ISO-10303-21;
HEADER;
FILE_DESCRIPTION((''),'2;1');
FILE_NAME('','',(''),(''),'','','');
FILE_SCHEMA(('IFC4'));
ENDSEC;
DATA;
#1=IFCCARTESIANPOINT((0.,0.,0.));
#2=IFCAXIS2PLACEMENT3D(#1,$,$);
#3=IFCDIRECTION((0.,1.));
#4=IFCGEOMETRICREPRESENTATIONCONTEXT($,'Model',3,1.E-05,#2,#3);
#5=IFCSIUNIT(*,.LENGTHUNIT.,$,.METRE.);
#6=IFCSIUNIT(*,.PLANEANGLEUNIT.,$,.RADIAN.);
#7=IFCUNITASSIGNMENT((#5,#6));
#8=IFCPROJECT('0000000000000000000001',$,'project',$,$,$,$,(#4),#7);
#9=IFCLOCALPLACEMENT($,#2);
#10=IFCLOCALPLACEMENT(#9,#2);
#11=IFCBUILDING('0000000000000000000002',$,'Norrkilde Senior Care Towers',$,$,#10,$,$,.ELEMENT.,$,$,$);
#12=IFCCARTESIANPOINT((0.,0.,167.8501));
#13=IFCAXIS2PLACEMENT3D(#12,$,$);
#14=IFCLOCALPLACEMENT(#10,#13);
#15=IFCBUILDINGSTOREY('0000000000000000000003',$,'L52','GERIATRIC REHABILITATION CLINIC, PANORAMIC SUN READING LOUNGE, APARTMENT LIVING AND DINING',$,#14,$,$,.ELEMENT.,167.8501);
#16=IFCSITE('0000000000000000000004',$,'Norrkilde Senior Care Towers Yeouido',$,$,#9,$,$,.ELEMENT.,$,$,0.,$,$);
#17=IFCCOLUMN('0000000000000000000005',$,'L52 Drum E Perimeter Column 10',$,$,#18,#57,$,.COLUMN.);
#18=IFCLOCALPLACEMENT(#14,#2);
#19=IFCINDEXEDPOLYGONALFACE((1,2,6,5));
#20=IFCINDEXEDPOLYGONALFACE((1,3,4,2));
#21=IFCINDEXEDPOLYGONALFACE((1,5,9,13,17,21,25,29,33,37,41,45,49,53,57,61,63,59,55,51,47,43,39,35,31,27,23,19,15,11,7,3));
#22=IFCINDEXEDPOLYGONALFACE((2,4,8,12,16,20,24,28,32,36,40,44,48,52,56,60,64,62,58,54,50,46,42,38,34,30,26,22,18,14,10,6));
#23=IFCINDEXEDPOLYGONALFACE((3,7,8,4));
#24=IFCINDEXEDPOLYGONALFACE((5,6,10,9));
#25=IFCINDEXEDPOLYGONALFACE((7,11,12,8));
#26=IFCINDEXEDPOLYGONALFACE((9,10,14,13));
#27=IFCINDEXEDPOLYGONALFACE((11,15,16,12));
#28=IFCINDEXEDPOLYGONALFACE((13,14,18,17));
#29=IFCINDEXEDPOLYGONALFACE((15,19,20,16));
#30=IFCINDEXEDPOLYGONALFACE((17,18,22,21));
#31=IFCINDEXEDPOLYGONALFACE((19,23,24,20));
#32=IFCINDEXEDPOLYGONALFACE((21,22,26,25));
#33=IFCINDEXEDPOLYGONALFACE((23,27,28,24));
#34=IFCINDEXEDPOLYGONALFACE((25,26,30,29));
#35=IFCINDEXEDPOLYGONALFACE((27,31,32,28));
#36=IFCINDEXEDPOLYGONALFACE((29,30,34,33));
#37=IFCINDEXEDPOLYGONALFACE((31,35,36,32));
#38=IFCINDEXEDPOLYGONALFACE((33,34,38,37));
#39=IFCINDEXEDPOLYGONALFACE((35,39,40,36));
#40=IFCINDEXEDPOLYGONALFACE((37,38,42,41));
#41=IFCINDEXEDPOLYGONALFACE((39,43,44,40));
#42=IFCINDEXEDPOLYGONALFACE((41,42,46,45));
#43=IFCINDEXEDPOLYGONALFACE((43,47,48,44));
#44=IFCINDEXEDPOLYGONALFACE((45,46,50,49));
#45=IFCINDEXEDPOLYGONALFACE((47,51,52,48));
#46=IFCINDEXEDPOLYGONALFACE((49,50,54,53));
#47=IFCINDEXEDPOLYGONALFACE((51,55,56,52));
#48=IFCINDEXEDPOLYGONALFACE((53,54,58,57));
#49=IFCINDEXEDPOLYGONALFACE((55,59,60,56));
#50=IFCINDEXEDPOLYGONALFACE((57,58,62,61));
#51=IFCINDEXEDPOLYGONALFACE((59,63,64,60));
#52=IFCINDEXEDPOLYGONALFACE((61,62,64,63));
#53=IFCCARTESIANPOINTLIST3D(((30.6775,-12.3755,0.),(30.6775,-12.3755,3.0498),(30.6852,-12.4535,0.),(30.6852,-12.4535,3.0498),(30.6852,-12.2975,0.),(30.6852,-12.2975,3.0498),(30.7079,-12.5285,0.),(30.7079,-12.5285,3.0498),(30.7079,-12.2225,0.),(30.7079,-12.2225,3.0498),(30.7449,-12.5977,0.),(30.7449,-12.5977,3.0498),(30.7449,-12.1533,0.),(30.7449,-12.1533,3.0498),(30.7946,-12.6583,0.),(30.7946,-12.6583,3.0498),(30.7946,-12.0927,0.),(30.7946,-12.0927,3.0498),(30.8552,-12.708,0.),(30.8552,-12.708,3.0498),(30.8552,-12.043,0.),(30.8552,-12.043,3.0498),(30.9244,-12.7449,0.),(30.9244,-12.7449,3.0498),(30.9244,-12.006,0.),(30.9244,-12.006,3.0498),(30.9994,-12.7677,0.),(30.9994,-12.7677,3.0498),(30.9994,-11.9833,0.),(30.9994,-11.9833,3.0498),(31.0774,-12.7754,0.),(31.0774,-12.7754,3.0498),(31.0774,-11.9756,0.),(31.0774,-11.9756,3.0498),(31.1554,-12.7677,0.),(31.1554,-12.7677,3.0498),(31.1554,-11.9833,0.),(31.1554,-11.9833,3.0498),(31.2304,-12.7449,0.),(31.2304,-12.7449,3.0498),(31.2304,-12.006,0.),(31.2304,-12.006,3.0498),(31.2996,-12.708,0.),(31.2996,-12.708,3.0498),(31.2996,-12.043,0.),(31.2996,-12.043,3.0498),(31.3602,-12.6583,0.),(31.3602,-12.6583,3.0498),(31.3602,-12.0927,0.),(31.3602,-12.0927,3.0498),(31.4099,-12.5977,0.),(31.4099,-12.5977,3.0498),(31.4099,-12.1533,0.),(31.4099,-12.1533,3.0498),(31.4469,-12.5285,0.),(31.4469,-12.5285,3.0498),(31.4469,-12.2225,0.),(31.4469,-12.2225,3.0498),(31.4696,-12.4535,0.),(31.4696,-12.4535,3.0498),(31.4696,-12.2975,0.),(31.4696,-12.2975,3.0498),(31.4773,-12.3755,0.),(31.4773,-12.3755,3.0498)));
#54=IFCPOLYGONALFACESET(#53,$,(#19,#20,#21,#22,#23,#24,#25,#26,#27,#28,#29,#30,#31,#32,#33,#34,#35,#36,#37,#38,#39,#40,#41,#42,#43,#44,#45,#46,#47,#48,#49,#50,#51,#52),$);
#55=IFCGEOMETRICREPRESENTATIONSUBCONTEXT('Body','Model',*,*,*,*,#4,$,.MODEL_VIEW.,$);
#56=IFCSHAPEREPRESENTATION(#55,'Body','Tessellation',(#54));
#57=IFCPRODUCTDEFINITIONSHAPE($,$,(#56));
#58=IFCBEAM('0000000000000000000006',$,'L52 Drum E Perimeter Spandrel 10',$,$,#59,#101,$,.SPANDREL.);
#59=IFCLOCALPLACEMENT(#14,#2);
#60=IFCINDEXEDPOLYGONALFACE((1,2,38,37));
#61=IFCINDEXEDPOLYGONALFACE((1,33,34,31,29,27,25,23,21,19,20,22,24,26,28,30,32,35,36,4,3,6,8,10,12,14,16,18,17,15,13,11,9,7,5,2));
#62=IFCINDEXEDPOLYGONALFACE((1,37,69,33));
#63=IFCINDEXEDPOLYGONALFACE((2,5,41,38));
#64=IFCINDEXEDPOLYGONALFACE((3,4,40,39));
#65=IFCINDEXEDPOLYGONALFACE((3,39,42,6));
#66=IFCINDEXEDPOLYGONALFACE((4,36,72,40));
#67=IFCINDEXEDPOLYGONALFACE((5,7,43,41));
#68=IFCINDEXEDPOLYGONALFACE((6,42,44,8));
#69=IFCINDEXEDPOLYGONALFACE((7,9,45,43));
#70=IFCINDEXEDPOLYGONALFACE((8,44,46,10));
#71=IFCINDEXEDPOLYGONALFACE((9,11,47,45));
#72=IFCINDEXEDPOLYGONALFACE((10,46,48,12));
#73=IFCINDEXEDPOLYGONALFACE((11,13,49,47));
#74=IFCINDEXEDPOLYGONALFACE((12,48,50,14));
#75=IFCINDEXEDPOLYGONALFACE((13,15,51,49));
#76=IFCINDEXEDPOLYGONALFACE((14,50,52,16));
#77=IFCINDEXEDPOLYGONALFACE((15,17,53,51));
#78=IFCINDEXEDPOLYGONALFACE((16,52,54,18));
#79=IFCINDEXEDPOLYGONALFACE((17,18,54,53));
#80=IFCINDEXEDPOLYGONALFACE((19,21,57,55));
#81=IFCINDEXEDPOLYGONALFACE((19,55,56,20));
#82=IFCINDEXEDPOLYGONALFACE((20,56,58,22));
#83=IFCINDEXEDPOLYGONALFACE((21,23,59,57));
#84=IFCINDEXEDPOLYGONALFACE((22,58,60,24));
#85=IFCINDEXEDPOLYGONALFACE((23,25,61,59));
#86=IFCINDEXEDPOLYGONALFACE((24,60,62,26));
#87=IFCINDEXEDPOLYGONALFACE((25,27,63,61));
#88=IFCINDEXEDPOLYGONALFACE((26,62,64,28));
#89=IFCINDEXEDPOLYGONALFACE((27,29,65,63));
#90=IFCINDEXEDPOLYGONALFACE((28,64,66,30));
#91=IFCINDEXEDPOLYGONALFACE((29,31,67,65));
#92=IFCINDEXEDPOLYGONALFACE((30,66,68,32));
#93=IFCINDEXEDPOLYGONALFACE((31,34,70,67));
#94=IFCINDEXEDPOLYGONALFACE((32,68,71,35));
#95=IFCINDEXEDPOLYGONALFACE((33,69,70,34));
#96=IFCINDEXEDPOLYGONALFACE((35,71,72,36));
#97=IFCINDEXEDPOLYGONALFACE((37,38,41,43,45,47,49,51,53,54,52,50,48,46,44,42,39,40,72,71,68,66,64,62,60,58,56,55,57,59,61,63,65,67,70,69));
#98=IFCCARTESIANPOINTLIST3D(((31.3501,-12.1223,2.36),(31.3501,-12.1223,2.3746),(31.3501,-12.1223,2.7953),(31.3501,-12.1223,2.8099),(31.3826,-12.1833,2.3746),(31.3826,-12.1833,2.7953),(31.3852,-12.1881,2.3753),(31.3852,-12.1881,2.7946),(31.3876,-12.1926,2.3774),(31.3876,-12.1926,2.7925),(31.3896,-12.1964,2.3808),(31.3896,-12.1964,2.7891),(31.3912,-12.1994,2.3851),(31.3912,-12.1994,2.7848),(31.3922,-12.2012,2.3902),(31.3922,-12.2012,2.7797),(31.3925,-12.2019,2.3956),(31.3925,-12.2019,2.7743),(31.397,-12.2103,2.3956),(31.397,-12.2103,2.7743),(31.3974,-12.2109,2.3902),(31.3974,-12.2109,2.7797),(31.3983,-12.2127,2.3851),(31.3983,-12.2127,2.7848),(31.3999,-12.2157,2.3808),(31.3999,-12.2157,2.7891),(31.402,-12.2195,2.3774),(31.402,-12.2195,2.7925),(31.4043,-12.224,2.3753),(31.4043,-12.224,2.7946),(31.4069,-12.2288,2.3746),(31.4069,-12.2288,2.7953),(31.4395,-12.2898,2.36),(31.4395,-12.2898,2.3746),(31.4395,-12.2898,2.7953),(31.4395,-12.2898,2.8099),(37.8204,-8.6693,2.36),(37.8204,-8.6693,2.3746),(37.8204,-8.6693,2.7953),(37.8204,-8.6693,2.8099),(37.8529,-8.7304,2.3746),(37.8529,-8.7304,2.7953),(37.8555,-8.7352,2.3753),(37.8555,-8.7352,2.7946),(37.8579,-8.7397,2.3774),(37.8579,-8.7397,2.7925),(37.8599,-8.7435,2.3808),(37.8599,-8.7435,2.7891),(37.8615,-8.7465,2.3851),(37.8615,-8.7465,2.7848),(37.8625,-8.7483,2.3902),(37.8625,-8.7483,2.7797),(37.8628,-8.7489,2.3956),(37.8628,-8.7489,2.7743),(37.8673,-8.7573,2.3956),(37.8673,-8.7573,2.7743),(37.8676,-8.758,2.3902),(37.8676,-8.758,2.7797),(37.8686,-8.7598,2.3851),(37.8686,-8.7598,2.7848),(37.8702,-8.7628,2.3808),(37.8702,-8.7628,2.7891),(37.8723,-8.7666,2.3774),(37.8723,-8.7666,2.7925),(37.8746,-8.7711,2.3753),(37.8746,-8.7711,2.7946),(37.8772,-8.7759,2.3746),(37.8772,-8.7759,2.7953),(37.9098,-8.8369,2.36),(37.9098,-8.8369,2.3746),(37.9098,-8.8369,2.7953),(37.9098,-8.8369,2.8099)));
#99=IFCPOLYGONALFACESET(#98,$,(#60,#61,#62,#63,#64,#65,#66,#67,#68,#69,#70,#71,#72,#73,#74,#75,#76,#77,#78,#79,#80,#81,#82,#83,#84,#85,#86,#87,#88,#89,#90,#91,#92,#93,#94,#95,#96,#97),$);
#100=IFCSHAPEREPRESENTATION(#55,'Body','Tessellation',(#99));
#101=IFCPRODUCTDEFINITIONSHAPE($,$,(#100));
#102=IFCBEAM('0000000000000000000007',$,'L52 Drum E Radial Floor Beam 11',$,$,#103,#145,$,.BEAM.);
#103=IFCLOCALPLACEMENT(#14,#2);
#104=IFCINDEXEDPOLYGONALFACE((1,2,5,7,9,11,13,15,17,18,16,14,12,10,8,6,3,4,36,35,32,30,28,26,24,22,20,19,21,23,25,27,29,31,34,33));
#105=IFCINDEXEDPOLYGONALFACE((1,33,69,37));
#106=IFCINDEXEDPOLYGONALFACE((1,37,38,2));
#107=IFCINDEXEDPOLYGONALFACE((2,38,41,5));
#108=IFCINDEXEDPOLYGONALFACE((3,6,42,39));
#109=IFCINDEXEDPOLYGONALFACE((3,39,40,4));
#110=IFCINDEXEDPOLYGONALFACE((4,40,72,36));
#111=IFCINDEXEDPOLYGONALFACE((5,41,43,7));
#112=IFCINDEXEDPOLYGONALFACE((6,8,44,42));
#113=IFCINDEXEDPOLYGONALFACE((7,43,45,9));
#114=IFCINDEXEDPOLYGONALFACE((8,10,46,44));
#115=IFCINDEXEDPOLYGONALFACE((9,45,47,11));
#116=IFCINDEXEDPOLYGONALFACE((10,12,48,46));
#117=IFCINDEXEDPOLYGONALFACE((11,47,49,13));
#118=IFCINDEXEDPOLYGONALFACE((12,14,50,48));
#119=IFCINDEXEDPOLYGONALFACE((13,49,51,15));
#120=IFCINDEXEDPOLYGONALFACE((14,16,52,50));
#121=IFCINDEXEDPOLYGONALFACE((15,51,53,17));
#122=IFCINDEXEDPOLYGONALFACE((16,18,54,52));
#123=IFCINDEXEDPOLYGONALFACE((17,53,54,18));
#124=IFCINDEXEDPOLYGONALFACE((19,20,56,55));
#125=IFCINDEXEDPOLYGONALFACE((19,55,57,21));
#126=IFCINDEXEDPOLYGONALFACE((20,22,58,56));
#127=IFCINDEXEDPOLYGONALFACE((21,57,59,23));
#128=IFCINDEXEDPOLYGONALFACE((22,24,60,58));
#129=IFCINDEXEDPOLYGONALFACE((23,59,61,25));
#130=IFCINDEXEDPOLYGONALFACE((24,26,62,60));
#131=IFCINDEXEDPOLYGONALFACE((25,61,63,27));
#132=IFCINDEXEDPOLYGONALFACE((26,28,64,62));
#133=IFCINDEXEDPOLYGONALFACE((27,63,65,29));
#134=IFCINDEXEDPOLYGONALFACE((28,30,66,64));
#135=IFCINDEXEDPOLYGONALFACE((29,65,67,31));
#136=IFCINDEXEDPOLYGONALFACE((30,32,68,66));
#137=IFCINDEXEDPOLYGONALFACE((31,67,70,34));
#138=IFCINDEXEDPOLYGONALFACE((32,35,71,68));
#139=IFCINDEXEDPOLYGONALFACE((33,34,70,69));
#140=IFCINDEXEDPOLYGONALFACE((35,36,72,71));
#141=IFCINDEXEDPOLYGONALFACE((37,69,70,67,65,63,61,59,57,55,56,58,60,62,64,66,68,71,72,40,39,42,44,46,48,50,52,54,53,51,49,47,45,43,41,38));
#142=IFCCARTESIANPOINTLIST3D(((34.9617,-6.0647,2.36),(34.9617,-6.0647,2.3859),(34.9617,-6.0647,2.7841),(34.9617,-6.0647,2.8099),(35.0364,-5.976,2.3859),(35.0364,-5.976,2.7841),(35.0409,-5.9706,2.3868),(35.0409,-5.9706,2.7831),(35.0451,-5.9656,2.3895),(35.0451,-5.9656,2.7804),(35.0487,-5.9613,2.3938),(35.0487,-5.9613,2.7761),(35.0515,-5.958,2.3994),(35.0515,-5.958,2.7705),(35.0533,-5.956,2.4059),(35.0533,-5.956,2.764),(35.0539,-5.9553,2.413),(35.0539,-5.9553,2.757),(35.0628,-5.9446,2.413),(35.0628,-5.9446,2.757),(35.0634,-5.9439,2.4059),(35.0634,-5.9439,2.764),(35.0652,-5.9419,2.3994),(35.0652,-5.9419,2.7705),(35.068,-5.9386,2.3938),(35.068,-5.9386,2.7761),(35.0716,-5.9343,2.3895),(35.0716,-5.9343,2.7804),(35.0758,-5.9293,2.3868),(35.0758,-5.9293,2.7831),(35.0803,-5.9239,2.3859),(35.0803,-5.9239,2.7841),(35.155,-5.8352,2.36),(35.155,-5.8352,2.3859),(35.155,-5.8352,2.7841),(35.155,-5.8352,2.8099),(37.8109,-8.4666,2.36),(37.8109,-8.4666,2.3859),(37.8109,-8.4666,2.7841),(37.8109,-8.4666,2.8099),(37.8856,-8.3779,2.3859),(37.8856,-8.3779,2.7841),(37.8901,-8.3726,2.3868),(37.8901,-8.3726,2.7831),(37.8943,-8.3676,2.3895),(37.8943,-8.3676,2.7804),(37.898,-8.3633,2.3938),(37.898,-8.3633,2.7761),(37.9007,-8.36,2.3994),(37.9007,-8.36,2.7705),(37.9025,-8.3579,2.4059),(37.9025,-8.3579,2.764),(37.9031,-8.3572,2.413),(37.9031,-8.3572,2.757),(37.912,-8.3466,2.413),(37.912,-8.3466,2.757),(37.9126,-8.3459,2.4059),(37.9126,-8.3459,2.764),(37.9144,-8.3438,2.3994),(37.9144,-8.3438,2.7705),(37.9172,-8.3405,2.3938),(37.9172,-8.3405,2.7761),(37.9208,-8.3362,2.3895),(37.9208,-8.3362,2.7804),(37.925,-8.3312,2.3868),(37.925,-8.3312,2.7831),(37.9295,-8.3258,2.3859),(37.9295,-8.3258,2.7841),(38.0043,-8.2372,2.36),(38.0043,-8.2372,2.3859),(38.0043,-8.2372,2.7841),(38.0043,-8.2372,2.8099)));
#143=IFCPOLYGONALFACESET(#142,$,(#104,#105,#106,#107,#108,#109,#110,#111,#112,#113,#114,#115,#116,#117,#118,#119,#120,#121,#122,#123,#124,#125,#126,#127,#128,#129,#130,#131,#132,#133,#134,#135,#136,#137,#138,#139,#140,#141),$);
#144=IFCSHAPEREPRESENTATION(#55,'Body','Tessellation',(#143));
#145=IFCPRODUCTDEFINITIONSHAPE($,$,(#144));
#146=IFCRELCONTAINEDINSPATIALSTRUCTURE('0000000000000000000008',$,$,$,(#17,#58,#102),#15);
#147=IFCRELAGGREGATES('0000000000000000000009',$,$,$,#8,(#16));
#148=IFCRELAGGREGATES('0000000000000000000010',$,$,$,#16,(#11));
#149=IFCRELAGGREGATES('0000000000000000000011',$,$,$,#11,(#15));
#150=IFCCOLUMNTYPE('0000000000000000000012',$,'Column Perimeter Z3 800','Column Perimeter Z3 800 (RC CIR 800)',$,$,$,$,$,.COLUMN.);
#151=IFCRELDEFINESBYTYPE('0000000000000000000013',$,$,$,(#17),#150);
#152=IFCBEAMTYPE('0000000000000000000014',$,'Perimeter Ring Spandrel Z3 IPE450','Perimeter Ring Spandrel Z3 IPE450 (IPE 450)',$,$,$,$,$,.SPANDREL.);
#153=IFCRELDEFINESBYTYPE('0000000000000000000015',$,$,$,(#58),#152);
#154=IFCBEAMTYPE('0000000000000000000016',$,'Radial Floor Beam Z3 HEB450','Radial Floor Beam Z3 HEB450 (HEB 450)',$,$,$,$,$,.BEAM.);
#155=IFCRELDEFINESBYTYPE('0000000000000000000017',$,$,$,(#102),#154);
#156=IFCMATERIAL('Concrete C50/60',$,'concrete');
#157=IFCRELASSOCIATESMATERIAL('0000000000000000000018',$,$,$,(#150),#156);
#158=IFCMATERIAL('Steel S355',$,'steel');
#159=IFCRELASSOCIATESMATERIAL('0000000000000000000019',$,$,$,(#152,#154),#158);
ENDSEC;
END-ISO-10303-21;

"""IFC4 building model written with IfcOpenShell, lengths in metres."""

from ifc_helpers import new_model, si_unit, direction, frame, origin, origin_2d, place, context, subcontext, project, spatial, circle, i_section, extrude, source, transform, mapped, material, material_profile, profile_set, type_object, type_shapes, element, save


model = new_model("IFC4")

# Units and contexts
model_context = context("Model", 3, precision=1e-05, world=origin(), true_north=direction((0.0, 1.0)))
body_context = subcontext(model_context, "Body", "Model", "MODEL_VIEW")
ifc_project = project(units=[si_unit("LENGTHUNIT", "METRE"), si_unit("PLANEANGLEUNIT", "RADIAN")], contexts=[model_context])

# Site, building, storey
site_placement = place(None, origin())
site = spatial("IfcSite", under=ifc_project, at=site_placement, Name="Norrkilde Senior Care Towers Yeouido", CompositionType="ELEMENT", RefElevation=0.0)
building_placement = place(site_placement, origin())
building = spatial("IfcBuilding", under=site, at=building_placement, Name="Norrkilde Senior Care Towers", CompositionType="ELEMENT")
storey_placement = place(building_placement, frame((0.0, 0.0, 167.8501)))
storey = spatial("IfcBuildingStorey", under=building, at=storey_placement, Name="L52", Description="GERIATRIC REHABILITATION CLINIC, PANORAMIC SUN READING LOUNGE, APARTMENT LIVING AND DINING", CompositionType="ELEMENT", Elevation=167.8501)

# Column
ifc_material_1 = material(Name="Concrete C50/60", Category="concrete")
ifc_material_profile_1 = material_profile(ifc_material_1, circle(Radius=0.3999, at=origin_2d()), Name="RC CIR 800")
ifc_profile_set_1 = profile_set([ifc_material_profile_1], Name="Concrete C50/60")
column_type = type_object("IfcColumnType", Name="Column Perimeter Z3 800", Description="Column Perimeter Z3 800 (RC CIR 800)", PredefinedType="COLUMN", material=ifc_profile_set_1)
shared_shape_1 = source(origin(), body_context, "Body", "SweptSolid", [
    extrude(circle(Radius=0.3999, at=origin_2d()), origin(), (0.0, 0.0, 1.0), 3.0498),
])
type_shapes(column_type, [shared_shape_1])
column_placement = place(storey_placement, frame((31.0774, -12.3755, 0.0), z_axis=(0.0, 0.0, 1.0), x_axis=(1.0, 0.0, 0.0)))
element("IfcColumn", 1, at=column_placement, inside=storey, type_object=column_type, Name="L52 Drum E Perimeter Column 10", PredefinedType="COLUMN", context=body_context, shape_type="MappedRepresentation", body=[
    mapped(shared_shape_1, transform((0.0, 0.0, 0.0), x_axis=(1.0, 0.0, 0.0), y_axis=(0.0, 1.0, 0.0), z_axis=(0.0, 0.0, 1.0), scale=1.0)),
])

# Beams
ifc_material_2 = material(Name="Steel S355", Category="steel")
ifc_material_profile_2 = material_profile(ifc_material_2, i_section(OverallWidth=0.1899, OverallDepth=0.45, WebThickness=0.0095, FlangeThickness=0.0146, FilletRadius=0.021, at=origin_2d()), Name="IPE 450")
ifc_profile_set_2 = profile_set([ifc_material_profile_2], Name="Steel S355")
beam_type_1 = type_object("IfcBeamType", Name="Perimeter Ring Spandrel Z3 IPE450", Description="Perimeter Ring Spandrel Z3 IPE450 (IPE 450)", PredefinedType="SPANDREL", material=ifc_profile_set_2)
shared_shape_2 = source(origin(), body_context, "Body", "SweptSolid", [
    extrude(i_section(OverallWidth=0.1899, OverallDepth=0.45, WebThickness=0.0095, FlangeThickness=0.0146, FilletRadius=0.021, at=origin_2d()), origin(), (0.0, 0.0, 1.0), 7.334),
])
type_shapes(beam_type_1, [shared_shape_2])
beam_1_placement = place(storey_placement, frame((31.3948, -12.2061, 2.585), z_axis=(0.882234, 0.470811, 0.0), x_axis=(-0.470811, 0.882234, 0.0)))
element("IfcBeam", 2, at=beam_1_placement, inside=storey, type_object=beam_type_1, Name="L52 Drum E Perimeter Spandrel 10", PredefinedType="SPANDREL", context=body_context, shape_type="MappedRepresentation", body=[
    mapped(shared_shape_2, transform((0.0, 0.0, 0.0), x_axis=(1.0, 0.0, 0.0), y_axis=(0.0, 1.0, 0.0), z_axis=(0.0, 0.0, 1.0), scale=1.0)),
])
ifc_material_profile_3 = material_profile(ifc_material_2, i_section(OverallWidth=0.3, OverallDepth=0.45, WebThickness=0.0139, FlangeThickness=0.0259, FilletRadius=0.0271, at=origin_2d()), Name="HEB 450")
ifc_profile_set_3 = profile_set([ifc_material_profile_3], Name="Steel S355")
beam_type_2 = type_object("IfcBeamType", Name="Radial Floor Beam Z3 HEB450", Description="Radial Floor Beam Z3 HEB450 (HEB 450)", PredefinedType="BEAM", material=ifc_profile_set_3)
shared_shape_3 = source(origin(), body_context, "Body", "SweptSolid", [
    extrude(i_section(OverallWidth=0.3, OverallDepth=0.45, WebThickness=0.0139, FlangeThickness=0.0259, FilletRadius=0.0271, at=origin_2d()), origin(), (0.0, 0.0, 1.0), 3.7266),
])
beam_2_placement = place(storey_placement, frame((35.0583, -5.95, 2.585), z_axis=(0.764568, -0.644543, 0.0), x_axis=(0.644543, 0.764568, 0.0)))
element("IfcBeam", 3, at=beam_2_placement, inside=storey, type_object=beam_type_2, Name="L52 Drum E Radial Floor Beam 11", PredefinedType="BEAM", context=body_context, shape_type="MappedRepresentation", body=[
    mapped(shared_shape_3, transform((0.0, 0.0, 0.0), x_axis=(1.0, 0.0, 0.0), y_axis=(0.0, 1.0, 0.0), z_axis=(0.0, 0.0, 1.0), scale=1.0)),
])

save(model, "model.ifc")
